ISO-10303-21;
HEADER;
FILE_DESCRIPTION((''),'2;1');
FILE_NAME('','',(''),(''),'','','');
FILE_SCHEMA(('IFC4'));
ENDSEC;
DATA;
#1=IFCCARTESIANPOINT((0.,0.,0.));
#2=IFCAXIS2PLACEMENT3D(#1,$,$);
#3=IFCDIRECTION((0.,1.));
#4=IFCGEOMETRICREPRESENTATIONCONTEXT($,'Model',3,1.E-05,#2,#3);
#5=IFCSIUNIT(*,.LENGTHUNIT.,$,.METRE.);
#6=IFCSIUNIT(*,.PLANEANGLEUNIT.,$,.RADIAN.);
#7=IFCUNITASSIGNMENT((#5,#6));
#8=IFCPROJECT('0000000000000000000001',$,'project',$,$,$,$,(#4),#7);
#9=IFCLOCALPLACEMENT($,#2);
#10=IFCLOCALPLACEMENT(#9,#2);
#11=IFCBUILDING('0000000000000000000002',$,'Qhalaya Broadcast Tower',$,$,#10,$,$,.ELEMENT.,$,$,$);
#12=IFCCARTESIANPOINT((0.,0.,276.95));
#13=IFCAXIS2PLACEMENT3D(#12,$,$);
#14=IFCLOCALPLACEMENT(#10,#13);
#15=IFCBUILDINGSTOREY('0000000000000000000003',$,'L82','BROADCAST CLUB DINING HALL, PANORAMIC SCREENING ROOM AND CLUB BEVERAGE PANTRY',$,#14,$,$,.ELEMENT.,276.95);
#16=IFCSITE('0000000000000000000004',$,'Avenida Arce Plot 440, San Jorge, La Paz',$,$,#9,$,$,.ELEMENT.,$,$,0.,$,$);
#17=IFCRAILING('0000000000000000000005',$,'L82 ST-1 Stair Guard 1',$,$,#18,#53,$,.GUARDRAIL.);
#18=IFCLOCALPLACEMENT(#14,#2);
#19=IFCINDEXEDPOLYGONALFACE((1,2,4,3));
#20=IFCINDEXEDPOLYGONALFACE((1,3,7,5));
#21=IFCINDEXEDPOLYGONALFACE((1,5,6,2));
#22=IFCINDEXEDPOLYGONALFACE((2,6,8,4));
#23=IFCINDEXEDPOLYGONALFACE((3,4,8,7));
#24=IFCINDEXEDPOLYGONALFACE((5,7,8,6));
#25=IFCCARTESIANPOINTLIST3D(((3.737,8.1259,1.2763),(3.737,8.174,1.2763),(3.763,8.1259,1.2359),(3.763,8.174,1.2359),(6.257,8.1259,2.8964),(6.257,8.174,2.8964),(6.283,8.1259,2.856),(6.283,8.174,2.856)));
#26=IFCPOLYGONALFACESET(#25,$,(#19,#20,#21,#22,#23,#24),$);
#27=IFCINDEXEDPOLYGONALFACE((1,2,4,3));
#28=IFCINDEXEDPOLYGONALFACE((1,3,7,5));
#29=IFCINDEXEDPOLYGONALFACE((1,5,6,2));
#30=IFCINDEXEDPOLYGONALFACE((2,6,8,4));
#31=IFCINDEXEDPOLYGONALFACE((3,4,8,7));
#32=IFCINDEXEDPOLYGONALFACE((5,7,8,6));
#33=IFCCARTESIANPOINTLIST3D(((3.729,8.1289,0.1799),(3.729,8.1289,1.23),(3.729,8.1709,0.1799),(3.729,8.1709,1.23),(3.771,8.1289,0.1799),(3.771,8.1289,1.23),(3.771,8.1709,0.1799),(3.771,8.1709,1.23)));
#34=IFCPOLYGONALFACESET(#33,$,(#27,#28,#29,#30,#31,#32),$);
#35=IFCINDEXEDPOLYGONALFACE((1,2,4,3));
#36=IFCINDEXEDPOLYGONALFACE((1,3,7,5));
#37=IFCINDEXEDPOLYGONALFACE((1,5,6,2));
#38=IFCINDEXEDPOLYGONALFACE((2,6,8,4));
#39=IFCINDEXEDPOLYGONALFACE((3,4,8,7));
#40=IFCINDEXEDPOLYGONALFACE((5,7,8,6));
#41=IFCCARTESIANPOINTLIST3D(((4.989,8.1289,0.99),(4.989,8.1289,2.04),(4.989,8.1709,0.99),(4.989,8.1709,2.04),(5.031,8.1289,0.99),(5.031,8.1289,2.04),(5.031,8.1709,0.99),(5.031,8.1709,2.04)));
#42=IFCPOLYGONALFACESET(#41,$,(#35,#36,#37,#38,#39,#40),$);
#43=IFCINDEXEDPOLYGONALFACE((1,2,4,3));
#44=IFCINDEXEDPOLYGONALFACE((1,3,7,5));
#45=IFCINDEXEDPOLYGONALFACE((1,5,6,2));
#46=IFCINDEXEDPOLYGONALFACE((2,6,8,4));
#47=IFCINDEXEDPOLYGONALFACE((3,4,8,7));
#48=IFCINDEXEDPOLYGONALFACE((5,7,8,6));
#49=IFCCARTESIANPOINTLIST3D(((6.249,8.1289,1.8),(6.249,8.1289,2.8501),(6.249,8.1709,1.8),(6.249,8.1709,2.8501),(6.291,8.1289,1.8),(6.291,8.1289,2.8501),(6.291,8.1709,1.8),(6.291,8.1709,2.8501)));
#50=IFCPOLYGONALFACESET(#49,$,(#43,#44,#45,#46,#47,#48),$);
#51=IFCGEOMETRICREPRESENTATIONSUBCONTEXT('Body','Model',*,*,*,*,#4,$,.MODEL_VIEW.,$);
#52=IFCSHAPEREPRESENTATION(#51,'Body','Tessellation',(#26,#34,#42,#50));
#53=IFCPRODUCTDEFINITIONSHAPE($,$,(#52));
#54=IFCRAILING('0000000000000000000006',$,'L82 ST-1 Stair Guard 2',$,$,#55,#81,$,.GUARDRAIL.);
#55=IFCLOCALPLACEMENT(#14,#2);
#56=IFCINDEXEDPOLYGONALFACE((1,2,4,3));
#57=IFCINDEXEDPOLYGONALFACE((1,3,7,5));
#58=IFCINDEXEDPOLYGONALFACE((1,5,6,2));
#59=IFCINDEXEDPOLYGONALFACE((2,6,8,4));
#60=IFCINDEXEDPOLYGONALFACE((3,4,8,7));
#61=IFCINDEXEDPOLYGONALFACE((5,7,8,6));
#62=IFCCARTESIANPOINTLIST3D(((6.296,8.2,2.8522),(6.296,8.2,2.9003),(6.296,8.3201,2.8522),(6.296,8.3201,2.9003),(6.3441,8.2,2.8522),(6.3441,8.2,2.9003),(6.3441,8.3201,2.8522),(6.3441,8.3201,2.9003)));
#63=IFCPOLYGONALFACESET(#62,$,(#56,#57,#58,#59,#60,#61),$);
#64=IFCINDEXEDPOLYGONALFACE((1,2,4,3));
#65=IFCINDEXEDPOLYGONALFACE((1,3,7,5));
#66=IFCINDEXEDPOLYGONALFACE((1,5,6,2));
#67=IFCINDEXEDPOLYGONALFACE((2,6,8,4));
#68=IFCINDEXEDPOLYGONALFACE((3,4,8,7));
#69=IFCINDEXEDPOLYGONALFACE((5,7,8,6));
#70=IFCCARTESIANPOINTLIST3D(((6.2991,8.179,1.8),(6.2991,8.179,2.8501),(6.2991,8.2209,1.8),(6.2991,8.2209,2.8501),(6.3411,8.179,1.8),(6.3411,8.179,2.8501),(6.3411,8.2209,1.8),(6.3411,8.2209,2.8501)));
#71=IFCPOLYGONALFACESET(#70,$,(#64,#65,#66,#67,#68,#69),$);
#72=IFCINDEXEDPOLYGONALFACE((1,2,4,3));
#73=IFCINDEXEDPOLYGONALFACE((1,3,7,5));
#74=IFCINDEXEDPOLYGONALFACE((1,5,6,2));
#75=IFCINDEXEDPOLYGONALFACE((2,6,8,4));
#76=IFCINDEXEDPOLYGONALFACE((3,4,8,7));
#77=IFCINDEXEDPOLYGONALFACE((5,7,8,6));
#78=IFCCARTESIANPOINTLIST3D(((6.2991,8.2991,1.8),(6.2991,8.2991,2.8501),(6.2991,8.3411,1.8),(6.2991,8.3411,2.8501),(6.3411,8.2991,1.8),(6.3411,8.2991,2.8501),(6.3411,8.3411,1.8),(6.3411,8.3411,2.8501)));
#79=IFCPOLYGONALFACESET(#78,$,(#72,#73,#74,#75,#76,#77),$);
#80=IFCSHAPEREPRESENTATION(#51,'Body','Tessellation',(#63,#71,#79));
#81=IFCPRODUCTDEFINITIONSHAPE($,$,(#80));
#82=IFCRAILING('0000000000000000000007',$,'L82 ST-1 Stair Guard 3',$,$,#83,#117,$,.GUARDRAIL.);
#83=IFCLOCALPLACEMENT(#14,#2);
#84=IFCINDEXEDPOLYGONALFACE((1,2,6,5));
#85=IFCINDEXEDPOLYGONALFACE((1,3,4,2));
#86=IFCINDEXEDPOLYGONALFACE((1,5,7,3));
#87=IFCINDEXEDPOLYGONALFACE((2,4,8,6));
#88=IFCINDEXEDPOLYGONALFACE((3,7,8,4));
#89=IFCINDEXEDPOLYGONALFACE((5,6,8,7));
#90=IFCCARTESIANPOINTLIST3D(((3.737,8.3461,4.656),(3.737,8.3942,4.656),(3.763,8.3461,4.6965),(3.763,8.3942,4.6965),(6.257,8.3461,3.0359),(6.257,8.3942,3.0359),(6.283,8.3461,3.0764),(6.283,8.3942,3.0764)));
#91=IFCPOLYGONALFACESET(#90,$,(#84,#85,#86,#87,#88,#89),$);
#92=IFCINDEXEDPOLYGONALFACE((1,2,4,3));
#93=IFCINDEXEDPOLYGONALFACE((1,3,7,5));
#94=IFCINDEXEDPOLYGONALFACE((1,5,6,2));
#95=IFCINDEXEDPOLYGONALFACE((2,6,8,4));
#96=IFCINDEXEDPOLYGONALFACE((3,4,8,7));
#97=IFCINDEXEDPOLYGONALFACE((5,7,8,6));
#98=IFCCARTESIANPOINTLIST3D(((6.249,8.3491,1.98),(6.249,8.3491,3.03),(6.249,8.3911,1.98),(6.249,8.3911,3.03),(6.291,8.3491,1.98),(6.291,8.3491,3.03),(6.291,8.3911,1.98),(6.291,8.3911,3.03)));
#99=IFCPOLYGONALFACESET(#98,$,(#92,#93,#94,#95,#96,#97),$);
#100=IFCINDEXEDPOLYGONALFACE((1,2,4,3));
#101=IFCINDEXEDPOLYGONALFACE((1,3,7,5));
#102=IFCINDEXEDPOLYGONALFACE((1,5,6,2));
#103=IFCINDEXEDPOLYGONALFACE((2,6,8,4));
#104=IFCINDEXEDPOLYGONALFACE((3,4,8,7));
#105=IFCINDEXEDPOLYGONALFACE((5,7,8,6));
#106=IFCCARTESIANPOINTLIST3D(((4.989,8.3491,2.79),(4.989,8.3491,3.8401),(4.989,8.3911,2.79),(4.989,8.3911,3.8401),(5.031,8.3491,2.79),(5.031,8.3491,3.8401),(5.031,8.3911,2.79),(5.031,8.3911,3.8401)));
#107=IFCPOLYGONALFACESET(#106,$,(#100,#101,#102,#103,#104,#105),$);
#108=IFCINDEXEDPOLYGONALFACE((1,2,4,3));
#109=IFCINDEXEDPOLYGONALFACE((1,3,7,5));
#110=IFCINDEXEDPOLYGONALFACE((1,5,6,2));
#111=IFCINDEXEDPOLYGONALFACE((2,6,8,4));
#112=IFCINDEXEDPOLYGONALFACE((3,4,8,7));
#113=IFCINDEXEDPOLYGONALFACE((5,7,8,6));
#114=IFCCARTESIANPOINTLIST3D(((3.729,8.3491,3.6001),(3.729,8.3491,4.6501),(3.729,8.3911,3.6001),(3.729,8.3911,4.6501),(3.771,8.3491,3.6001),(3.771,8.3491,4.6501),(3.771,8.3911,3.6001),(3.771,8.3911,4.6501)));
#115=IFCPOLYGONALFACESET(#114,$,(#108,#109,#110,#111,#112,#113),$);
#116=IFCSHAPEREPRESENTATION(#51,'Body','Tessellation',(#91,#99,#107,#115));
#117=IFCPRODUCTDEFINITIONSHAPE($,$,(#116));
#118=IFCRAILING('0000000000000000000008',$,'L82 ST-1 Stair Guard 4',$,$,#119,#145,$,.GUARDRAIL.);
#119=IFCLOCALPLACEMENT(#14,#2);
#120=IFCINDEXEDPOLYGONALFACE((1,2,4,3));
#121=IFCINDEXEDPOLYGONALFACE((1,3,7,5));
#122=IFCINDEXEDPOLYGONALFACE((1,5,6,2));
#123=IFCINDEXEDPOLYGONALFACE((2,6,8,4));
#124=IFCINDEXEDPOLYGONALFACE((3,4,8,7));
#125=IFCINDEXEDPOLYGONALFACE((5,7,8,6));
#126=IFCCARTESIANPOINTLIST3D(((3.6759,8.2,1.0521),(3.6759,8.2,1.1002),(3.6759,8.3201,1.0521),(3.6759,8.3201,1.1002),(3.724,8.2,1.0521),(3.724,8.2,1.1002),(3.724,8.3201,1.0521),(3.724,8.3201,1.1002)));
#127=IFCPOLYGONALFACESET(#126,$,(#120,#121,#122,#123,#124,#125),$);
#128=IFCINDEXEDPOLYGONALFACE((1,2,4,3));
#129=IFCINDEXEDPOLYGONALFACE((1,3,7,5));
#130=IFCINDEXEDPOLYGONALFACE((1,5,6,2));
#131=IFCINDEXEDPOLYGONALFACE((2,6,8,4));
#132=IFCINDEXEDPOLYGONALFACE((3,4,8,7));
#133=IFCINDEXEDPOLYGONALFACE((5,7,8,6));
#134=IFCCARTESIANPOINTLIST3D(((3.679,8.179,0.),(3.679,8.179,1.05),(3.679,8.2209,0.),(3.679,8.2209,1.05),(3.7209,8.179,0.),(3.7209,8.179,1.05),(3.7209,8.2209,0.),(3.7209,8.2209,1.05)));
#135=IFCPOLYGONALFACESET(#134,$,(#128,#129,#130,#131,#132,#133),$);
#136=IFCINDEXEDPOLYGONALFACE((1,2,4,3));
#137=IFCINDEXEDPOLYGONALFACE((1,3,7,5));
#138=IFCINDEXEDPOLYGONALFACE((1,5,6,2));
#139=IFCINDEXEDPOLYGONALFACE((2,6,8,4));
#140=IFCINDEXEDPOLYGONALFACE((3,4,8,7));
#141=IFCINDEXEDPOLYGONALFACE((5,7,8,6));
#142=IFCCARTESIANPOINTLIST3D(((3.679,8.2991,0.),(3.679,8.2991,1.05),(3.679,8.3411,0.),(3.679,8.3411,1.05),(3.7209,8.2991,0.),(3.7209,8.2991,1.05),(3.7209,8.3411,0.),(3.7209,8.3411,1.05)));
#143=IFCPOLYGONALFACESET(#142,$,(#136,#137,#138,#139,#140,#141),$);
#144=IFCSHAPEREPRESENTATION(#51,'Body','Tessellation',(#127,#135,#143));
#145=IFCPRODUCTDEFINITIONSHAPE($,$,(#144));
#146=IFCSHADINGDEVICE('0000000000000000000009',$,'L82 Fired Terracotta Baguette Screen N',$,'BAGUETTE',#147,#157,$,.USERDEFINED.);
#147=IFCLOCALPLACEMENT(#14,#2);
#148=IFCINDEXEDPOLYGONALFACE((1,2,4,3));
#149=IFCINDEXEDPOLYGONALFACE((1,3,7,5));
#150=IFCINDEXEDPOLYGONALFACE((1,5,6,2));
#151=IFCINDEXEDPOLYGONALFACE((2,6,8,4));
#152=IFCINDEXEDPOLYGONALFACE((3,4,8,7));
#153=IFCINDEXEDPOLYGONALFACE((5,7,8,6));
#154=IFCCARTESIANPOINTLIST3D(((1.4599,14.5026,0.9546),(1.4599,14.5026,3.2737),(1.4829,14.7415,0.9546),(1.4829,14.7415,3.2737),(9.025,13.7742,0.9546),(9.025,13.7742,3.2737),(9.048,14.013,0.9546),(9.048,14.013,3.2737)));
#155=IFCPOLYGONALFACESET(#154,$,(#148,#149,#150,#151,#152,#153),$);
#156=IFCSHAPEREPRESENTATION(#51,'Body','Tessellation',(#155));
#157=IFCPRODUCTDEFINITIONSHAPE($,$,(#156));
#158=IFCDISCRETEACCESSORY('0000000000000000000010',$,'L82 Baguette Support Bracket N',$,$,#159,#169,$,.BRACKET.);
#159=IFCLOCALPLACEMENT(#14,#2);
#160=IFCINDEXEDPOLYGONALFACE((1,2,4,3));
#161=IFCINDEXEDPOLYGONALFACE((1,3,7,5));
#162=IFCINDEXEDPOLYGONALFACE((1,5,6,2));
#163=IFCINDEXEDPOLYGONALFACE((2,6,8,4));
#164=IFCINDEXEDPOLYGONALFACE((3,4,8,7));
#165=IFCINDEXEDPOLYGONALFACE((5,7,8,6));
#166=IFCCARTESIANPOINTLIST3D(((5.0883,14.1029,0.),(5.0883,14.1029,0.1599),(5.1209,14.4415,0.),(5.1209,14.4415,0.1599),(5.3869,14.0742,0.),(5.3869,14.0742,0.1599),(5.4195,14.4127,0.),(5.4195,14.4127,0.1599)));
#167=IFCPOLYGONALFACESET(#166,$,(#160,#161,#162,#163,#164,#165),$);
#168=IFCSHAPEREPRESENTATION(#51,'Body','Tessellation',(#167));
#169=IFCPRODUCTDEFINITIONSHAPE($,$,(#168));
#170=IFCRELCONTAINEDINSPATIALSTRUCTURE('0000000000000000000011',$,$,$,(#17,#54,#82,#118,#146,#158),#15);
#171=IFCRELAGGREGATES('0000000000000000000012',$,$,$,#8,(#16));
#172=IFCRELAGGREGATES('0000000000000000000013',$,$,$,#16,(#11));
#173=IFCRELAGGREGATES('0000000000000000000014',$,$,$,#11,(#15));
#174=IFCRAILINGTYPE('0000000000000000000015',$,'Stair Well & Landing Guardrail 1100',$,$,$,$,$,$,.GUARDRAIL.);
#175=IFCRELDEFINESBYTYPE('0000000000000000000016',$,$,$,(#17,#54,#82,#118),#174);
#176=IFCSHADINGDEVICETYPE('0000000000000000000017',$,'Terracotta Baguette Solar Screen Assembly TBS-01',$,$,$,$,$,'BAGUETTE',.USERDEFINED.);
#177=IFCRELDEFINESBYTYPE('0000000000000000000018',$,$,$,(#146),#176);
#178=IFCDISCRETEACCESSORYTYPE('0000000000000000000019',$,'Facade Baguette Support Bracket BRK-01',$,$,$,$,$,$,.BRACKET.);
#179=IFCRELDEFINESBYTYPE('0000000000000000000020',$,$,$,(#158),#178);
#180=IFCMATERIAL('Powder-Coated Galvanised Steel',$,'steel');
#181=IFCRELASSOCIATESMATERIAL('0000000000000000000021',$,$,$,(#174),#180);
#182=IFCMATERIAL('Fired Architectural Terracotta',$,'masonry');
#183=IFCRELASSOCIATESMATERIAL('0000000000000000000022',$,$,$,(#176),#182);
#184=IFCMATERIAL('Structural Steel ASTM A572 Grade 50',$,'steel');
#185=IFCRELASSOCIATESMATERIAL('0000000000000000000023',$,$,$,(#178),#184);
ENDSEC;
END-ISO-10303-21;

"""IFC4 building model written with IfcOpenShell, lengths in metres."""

from ifc_helpers import new_model, si_unit, direction, frame, origin, origin_2d, place, context, subcontext, project, spatial, rectangle, extrude, material, type_object, element, save


model = new_model("IFC4")

# Units and contexts
model_context = context("Model", 3, precision=1e-05, world=origin(), true_north=direction((0.0, 1.0)))
body_context = subcontext(model_context, "Body", "Model", "MODEL_VIEW")
ifc_project = project(units=[si_unit("LENGTHUNIT", "METRE"), si_unit("PLANEANGLEUNIT", "RADIAN")], contexts=[model_context])

# Site, building, storey
site_placement = place(None, origin())
site = spatial("IfcSite", under=ifc_project, at=site_placement, Name="Avenida Arce Plot 440, San Jorge, La Paz", CompositionType="ELEMENT", RefElevation=0.0)
building_placement = place(site_placement, origin())
building = spatial("IfcBuilding", under=site, at=building_placement, Name="Qhalaya Broadcast Tower", CompositionType="ELEMENT")
storey_placement = place(building_placement, frame((0.0, 0.0, 276.95)))
storey = spatial("IfcBuildingStorey", under=building, at=storey_placement, Name="L82", Description="BROADCAST CLUB DINING HALL, PANORAMIC SCREENING ROOM AND CLUB BEVERAGE PANTRY", CompositionType="ELEMENT", Elevation=276.95)

# Shared definitions
ifc_material_1 = material(Name="Structural Steel ASTM A572 Grade 50", Category="steel")

# Railings
ifc_material_2 = material(Name="Powder-Coated Galvanised Steel", Category="steel")
railing_type_1 = type_object("IfcRailingType", Name="Stair Well & Landing Guardrail 1100", PredefinedType="GUARDRAIL", material=ifc_material_2)
railing_1_placement = place(storey_placement, frame((3.75, 8.1499, 0.1799)))
element("IfcRailing", 1, at=railing_1_placement, inside=storey, type_object=railing_type_1, Name="L82 ST-1 Stair Guard 1", PredefinedType="GUARDRAIL", context=body_context, shape_type="SweptSolid", body=[
    extrude(rectangle(XDim=0.0481, YDim=0.0481, at=origin_2d()), frame((0.0, 0.0, 1.0762), z_axis=(0.841163, 0.0, 0.540782), x_axis=(0.0, 1.0, 0.0)), (0.0, 0.0, 1.0), 2.9958),
    extrude(rectangle(XDim=0.042, YDim=0.042, at=origin_2d()), origin(), (0.0, 0.0, 1.0), 1.05),
    extrude(rectangle(XDim=0.042, YDim=0.042, at=origin_2d()), frame((1.26, 0.0, 0.8101)), (0.0, 0.0, 1.0), 1.05),
    extrude(rectangle(XDim=0.042, YDim=0.042, at=origin_2d()), frame((2.52, 0.0, 1.6201)), (0.0, 0.0, 1.0), 1.05),
])
railing_2_placement = place(storey_placement, frame((6.3201, 8.2, 1.8)))
element("IfcRailing", 2, at=railing_2_placement, inside=storey, type_object=railing_type_1, Name="L82 ST-1 Stair Guard 2", PredefinedType="GUARDRAIL", context=body_context, shape_type="SweptSolid", body=[
    extrude(rectangle(XDim=0.0481, YDim=0.0481, at=origin_2d()), frame((0.0, 0.0, 1.0762), z_axis=(0.0, 1.0, 0.0), x_axis=(-1.0, 0.0, 0.0)), (0.0, 0.0, 1.0), 0.1201),
    extrude(rectangle(XDim=0.042, YDim=0.042, at=origin_2d()), origin(), (0.0, 0.0, 1.0), 1.05),
    extrude(rectangle(XDim=0.042, YDim=0.042, at=origin_2d()), frame((0.0, 0.1201, 0.0)), (0.0, 0.0, 1.0), 1.05),
])
railing_3_placement = place(storey_placement, frame((6.27, 8.3701, 1.98)))
element("IfcRailing", 3, at=railing_3_placement, inside=storey, type_object=railing_type_1, Name="L82 ST-1 Stair Guard 3", PredefinedType="GUARDRAIL", context=body_context, shape_type="SweptSolid", body=[
    extrude(rectangle(XDim=0.0481, YDim=0.0481, at=origin_2d()), frame((0.0, 0.0, 1.0762), z_axis=(-0.841163, 0.0, 0.540782), x_axis=(0.0, -1.0, 0.0)), (0.0, 0.0, 1.0), 2.9958),
    extrude(rectangle(XDim=0.042, YDim=0.042, at=origin_2d()), origin(), (0.0, 0.0, 1.0), 1.05),
    extrude(rectangle(XDim=0.042, YDim=0.042, at=origin_2d()), frame((-1.26, 0.0, 0.8101)), (0.0, 0.0, 1.0), 1.05),
    extrude(rectangle(XDim=0.042, YDim=0.042, at=origin_2d()), frame((-2.52, 0.0, 1.6201)), (0.0, 0.0, 1.0), 1.05),
])
railing_4_placement = place(storey_placement, frame((3.7, 8.2, 0.0)))
element("IfcRailing", 4, at=railing_4_placement, inside=storey, type_object=railing_type_1, Name="L82 ST-1 Stair Guard 4", PredefinedType="GUARDRAIL", context=body_context, shape_type="SweptSolid", body=[
    extrude(rectangle(XDim=0.0481, YDim=0.0481, at=origin_2d()), frame((0.0, 0.0, 1.0762), z_axis=(0.0, 1.0, 0.0), x_axis=(-1.0, 0.0, 0.0)), (0.0, 0.0, 1.0), 0.1201),
    extrude(rectangle(XDim=0.042, YDim=0.042, at=origin_2d()), origin(), (0.0, 0.0, 1.0), 1.05),
    extrude(rectangle(XDim=0.042, YDim=0.042, at=origin_2d()), frame((0.0, 0.1201, 0.0)), (0.0, 0.0, 1.0), 1.05),
])

# Shading device
ifc_material_3 = material(Name="Fired Architectural Terracotta", Category="masonry")
shading_device_type = type_object("IfcShadingDeviceType", Name="Terracotta Baguette Solar Screen Assembly TBS-01", ElementType="BAGUETTE", PredefinedType="USERDEFINED", material=ifc_material_3)
shading_device_placement = place(storey_placement, frame((5.2539, 14.2578, 0.9546), z_axis=(0.0, 0.0, 1.0), x_axis=(-0.995396, 0.095846, 0.0)))
element("IfcShadingDevice", 5, at=shading_device_placement, inside=storey, type_object=shading_device_type, Name="L82 Fired Terracotta Baguette Screen N", ObjectType="BAGUETTE", PredefinedType="USERDEFINED", context=body_context, shape_type="SweptSolid", body=[
    extrude(rectangle(XDim=7.6001, YDim=0.24, at=origin_2d()), origin(), (0.0, 0.0, 1.0), 2.3191),
])

# Discrete accessory
discrete_accessory_type = type_object("IfcDiscreteAccessoryType", Name="Facade Baguette Support Bracket BRK-01", PredefinedType="BRACKET", material=ifc_material_1)
discrete_accessory_placement = place(storey_placement, frame((5.2539, 14.2578, 0.0), z_axis=(0.0, 0.0, 1.0), x_axis=(-0.995396, 0.095846, 0.0)))
element("IfcDiscreteAccessory", 6, at=discrete_accessory_placement, inside=storey, type_object=discrete_accessory_type, Name="L82 Baguette Support Bracket N", PredefinedType="BRACKET", context=body_context, shape_type="SweptSolid", body=[
    extrude(rectangle(XDim=0.3, YDim=0.3401, at=origin_2d()), origin(), (0.0, 0.0, 1.0), 0.1599),
])

save(model, "model.ifc")
